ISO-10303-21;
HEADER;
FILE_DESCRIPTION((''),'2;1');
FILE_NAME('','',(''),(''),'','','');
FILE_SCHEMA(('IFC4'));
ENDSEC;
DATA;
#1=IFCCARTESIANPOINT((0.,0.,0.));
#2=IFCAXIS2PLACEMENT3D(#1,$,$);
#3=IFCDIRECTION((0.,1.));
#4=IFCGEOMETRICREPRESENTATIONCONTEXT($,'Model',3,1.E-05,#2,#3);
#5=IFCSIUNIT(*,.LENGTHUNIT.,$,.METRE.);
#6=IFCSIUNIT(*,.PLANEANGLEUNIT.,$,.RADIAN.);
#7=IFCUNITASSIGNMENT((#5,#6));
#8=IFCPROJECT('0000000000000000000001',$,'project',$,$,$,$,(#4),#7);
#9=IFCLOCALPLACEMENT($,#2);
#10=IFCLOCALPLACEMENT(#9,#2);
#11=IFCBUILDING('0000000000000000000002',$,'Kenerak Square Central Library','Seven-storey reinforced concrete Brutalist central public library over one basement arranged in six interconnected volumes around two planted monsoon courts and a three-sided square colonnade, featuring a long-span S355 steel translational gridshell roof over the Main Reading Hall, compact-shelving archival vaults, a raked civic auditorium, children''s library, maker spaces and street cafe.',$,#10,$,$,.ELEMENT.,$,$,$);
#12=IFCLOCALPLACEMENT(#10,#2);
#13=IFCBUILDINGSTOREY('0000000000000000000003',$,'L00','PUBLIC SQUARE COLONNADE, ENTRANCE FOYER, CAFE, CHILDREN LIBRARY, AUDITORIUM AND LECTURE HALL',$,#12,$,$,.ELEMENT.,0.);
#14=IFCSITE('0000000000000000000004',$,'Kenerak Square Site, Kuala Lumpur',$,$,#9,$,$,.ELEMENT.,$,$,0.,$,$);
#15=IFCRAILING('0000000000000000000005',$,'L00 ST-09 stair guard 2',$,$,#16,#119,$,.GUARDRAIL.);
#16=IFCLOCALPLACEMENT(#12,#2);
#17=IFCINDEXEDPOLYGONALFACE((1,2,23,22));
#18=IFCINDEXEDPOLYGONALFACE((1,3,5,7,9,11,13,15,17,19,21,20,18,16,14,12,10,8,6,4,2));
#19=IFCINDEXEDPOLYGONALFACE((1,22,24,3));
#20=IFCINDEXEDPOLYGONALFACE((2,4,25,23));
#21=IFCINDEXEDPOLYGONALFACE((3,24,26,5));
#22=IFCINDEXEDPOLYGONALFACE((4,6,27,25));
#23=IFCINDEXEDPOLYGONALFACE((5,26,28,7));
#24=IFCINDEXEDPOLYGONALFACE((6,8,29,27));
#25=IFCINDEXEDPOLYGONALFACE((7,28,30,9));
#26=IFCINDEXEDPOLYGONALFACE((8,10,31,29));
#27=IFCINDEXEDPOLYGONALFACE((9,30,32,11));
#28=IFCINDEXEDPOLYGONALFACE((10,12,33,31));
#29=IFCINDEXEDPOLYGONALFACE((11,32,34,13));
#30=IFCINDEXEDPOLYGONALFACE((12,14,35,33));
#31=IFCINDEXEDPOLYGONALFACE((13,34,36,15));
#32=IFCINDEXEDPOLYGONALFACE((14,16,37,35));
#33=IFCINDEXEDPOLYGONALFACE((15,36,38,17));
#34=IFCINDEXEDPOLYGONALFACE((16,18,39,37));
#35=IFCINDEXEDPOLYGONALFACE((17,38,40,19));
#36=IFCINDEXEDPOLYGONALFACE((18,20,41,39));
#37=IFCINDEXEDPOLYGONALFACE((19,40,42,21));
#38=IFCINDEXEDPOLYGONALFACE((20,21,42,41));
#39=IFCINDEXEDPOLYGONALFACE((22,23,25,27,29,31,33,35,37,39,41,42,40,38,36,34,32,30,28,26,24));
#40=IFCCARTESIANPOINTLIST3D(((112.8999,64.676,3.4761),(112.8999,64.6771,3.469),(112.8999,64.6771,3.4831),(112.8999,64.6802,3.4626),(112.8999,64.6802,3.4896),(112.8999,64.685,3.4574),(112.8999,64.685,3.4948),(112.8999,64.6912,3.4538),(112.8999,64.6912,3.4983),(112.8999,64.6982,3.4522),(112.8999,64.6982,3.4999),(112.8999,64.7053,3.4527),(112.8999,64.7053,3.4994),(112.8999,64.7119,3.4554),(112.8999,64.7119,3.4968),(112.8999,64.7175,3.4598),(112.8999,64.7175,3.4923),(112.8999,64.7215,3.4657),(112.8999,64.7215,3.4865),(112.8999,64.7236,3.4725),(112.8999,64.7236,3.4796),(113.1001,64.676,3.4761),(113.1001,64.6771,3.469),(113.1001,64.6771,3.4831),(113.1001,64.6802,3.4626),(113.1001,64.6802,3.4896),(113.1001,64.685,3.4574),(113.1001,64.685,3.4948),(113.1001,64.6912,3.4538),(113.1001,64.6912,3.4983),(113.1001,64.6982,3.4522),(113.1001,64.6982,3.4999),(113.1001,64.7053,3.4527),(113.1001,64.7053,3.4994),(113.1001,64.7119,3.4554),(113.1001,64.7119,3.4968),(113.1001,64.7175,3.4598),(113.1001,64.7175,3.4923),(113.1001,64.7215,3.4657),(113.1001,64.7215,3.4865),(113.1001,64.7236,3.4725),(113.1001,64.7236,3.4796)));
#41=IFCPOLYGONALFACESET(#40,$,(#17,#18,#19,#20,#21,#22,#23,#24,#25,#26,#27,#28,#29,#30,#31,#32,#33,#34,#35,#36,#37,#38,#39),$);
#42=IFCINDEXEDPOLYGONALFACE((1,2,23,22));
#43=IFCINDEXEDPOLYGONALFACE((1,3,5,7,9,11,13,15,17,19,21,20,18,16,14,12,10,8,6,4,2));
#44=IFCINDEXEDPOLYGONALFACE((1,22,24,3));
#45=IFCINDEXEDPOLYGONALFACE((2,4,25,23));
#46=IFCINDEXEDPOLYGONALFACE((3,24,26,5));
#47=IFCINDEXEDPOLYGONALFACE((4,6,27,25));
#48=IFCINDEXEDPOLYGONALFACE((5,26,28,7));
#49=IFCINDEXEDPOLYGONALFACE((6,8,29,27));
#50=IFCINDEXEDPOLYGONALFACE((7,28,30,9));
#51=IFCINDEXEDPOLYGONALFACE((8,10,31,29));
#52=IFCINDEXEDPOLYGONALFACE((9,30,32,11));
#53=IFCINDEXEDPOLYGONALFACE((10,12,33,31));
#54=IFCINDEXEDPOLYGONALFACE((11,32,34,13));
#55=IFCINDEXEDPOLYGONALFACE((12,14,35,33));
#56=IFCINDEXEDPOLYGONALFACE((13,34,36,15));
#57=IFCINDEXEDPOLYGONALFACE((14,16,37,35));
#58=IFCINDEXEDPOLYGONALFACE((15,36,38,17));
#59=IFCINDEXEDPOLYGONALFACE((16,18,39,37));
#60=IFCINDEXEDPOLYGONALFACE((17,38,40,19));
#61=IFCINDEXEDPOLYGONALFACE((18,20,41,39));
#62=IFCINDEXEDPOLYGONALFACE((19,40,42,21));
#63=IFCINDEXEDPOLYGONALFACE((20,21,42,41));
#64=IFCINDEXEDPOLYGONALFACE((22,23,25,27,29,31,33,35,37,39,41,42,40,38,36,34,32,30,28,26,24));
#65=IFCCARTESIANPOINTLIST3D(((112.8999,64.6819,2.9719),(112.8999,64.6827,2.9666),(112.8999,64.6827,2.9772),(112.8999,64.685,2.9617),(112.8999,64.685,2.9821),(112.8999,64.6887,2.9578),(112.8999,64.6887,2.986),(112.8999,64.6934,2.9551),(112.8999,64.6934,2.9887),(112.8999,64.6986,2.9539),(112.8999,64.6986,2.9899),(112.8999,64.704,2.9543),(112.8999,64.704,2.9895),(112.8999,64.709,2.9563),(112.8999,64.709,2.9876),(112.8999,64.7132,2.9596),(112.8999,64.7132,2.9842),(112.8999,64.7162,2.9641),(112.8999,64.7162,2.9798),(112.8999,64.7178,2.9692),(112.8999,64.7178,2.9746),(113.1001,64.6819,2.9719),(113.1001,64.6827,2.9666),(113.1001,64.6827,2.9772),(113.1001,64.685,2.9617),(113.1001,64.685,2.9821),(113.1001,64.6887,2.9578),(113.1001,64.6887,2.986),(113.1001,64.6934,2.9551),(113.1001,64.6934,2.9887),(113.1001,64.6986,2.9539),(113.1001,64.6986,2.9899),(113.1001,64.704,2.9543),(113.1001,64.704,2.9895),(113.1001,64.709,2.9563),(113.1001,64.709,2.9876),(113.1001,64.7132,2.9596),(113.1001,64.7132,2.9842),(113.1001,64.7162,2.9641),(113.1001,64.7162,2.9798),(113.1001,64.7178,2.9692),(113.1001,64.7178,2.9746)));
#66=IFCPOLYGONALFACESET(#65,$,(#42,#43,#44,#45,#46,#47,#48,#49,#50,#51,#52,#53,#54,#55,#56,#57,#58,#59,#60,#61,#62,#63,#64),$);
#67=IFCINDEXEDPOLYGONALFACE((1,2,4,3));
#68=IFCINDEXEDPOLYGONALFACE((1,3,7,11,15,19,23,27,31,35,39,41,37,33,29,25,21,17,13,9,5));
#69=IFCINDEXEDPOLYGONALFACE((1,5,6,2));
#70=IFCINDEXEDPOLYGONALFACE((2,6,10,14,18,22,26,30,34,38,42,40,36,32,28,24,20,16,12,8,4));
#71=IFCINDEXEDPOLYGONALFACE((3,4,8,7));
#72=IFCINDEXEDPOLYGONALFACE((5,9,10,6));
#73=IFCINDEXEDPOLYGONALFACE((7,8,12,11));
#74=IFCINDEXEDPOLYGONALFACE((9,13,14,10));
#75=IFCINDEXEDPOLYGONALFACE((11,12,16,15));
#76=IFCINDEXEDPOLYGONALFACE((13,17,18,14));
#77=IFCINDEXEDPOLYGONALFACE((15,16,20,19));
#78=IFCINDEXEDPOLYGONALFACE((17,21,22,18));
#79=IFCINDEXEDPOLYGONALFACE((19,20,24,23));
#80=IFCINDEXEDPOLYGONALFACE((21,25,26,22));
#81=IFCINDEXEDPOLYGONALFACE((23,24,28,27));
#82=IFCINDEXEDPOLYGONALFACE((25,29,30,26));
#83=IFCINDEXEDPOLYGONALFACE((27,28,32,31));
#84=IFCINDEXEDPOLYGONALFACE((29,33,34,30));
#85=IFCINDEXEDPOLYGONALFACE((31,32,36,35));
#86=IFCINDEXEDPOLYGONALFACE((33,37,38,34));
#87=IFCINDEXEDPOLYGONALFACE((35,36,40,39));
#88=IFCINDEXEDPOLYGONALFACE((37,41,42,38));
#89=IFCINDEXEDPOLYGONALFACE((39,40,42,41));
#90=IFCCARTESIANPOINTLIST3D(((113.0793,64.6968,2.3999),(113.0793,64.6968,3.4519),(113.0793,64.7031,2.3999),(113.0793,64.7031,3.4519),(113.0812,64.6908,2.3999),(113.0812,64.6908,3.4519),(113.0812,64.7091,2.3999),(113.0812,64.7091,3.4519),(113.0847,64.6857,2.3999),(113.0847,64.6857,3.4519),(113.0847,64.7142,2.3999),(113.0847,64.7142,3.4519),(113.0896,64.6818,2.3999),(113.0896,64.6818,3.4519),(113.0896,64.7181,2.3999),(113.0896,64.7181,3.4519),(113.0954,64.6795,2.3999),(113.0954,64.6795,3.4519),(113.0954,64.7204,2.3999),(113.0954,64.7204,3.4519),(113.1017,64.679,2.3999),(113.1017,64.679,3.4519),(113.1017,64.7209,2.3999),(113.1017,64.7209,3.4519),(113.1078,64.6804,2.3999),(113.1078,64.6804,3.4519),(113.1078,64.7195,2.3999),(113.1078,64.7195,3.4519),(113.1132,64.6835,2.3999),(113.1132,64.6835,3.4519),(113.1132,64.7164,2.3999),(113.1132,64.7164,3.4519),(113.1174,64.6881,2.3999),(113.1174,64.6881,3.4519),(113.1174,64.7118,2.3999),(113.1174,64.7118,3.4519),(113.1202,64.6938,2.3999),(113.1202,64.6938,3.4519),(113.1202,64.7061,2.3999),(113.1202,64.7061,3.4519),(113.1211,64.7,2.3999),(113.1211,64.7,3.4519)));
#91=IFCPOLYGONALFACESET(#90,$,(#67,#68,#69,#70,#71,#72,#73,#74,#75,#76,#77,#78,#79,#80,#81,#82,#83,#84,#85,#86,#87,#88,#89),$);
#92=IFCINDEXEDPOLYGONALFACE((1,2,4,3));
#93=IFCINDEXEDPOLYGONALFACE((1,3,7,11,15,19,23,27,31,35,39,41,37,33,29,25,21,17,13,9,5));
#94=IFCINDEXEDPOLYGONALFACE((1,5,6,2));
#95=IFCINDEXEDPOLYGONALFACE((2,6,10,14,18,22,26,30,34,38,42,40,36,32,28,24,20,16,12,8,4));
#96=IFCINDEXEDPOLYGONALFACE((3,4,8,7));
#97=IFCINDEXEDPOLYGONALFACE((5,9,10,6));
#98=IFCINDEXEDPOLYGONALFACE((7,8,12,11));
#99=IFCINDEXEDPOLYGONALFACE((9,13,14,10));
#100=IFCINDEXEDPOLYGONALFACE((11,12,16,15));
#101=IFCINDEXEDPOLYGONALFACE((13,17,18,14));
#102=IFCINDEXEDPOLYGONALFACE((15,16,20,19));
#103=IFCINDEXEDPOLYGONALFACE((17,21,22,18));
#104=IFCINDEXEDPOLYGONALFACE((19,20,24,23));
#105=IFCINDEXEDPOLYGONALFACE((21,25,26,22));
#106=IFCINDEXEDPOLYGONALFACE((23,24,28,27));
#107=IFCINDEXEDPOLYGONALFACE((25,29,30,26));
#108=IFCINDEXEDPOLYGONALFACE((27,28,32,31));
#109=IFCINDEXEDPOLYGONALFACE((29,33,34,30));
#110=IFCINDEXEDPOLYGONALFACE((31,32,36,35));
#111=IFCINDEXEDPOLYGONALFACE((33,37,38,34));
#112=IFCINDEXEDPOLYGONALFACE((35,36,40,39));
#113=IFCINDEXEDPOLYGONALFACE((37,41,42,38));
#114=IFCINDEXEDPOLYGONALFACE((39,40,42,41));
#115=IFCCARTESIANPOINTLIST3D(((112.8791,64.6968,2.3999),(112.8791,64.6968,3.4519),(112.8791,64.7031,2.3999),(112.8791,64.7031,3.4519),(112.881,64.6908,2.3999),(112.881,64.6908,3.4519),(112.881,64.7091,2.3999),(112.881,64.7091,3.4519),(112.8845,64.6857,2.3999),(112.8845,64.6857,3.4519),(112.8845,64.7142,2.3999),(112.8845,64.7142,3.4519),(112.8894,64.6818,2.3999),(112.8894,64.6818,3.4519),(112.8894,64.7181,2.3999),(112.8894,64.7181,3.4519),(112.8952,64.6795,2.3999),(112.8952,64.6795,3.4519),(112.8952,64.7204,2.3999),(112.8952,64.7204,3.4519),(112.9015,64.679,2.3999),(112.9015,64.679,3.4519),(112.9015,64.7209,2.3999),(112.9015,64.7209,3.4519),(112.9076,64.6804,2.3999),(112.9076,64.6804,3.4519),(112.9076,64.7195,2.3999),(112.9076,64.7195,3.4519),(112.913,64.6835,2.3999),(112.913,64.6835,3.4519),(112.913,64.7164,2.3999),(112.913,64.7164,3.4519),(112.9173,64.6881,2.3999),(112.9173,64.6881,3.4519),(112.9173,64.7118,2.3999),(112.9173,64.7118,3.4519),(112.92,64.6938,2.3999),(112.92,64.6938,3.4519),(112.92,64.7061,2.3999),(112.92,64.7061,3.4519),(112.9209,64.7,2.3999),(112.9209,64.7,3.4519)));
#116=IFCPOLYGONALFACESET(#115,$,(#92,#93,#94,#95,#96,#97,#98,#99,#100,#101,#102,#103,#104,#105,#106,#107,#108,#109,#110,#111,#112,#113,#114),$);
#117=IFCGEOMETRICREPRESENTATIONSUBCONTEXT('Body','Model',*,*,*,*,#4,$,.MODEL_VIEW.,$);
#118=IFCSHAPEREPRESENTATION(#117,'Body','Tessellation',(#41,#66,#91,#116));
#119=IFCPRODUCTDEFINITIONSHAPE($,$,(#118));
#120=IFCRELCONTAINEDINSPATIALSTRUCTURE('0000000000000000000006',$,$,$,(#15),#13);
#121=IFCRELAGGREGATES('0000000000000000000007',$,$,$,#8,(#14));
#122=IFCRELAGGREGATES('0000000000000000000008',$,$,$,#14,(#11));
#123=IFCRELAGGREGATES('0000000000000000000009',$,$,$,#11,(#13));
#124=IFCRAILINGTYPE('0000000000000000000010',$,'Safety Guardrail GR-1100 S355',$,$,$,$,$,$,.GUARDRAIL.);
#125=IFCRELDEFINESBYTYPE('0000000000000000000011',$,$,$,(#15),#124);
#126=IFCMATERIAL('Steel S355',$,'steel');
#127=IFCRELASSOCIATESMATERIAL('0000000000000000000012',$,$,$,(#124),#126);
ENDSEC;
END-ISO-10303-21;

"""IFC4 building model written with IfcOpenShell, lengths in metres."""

from ifc_helpers import new_model, si_unit, direction, frame, origin, origin_2d, place, context, subcontext, project, spatial, circle, extrude, material, type_object, element, save


model = new_model("IFC4")

# Units and contexts
model_context = context("Model", 3, precision=1e-05, world=origin(), true_north=direction((0.0, 1.0)))
body_context = subcontext(model_context, "Body", "Model", "MODEL_VIEW")
ifc_project = project(units=[si_unit("LENGTHUNIT", "METRE"), si_unit("PLANEANGLEUNIT", "RADIAN")], contexts=[model_context])

# Site, building, storey
site_placement = place(None, origin())
site = spatial("IfcSite", under=ifc_project, at=site_placement, Name="Kenerak Square Site, Kuala Lumpur", CompositionType="ELEMENT", RefElevation=0.0)
building_placement = place(site_placement, origin())
building = spatial("IfcBuilding", under=site, at=building_placement, Name="Kenerak Square Central Library", Description="Seven-storey reinforced concrete Brutalist central public library over one basement arranged in six interconnected volumes around two planted monsoon courts and a three-sided square colonnade, featuring a long-span S355 steel translational gridshell roof over the Main Reading Hall, compact-shelving archival vaults, a raked civic auditorium, children's library, maker spaces and street cafe.", CompositionType="ELEMENT")
storey_placement = place(building_placement, origin())
storey = spatial("IfcBuildingStorey", under=building, at=storey_placement, Name="L00", Description="PUBLIC SQUARE COLONNADE, ENTRANCE FOYER, CAFE, CHILDREN LIBRARY, AUDITORIUM AND LECTURE HALL", CompositionType="ELEMENT", Elevation=0.0)

# Shared definitions
ifc_material_1 = material(Name="Steel S355", Category="steel")

# Railing
railing_type_1 = type_object("IfcRailingType", Name="Safety Guardrail GR-1100 S355", PredefinedType="GUARDRAIL", material=ifc_material_1)
railing_1_placement = place(storey_placement, frame((113.1001, 64.7, 2.3999)))
element("IfcRailing", 1, at=railing_1_placement, inside=storey, type_object=railing_type_1, Name="L00 ST-09 stair guard 2", PredefinedType="GUARDRAIL", context=body_context, shape_type="SweptSolid", body=[
    extrude(circle(Radius=0.0239, at=origin_2d()), frame((0.0, 0.0, 1.0762), z_axis=(-1.0, 0.0, 0.0), x_axis=(0.0, -1.0, 0.0)), (0.0, 0.0, 1.0), 0.2002),
    extrude(circle(Radius=0.0181, at=origin_2d()), frame((0.0, 0.0, 0.572), z_axis=(-1.0, 0.0, 0.0), x_axis=(0.0, -1.0, 0.0)), (0.0, 0.0, 1.0), 0.2002),
    extrude(circle(Radius=0.021, at=origin_2d()), origin(), (0.0, 0.0, 1.0), 1.052),
    extrude(circle(Radius=0.021, at=origin_2d()), frame((-0.2002, 0.0, 0.0)), (0.0, 0.0, 1.0), 1.052),
])

save(model, "model.ifc")
